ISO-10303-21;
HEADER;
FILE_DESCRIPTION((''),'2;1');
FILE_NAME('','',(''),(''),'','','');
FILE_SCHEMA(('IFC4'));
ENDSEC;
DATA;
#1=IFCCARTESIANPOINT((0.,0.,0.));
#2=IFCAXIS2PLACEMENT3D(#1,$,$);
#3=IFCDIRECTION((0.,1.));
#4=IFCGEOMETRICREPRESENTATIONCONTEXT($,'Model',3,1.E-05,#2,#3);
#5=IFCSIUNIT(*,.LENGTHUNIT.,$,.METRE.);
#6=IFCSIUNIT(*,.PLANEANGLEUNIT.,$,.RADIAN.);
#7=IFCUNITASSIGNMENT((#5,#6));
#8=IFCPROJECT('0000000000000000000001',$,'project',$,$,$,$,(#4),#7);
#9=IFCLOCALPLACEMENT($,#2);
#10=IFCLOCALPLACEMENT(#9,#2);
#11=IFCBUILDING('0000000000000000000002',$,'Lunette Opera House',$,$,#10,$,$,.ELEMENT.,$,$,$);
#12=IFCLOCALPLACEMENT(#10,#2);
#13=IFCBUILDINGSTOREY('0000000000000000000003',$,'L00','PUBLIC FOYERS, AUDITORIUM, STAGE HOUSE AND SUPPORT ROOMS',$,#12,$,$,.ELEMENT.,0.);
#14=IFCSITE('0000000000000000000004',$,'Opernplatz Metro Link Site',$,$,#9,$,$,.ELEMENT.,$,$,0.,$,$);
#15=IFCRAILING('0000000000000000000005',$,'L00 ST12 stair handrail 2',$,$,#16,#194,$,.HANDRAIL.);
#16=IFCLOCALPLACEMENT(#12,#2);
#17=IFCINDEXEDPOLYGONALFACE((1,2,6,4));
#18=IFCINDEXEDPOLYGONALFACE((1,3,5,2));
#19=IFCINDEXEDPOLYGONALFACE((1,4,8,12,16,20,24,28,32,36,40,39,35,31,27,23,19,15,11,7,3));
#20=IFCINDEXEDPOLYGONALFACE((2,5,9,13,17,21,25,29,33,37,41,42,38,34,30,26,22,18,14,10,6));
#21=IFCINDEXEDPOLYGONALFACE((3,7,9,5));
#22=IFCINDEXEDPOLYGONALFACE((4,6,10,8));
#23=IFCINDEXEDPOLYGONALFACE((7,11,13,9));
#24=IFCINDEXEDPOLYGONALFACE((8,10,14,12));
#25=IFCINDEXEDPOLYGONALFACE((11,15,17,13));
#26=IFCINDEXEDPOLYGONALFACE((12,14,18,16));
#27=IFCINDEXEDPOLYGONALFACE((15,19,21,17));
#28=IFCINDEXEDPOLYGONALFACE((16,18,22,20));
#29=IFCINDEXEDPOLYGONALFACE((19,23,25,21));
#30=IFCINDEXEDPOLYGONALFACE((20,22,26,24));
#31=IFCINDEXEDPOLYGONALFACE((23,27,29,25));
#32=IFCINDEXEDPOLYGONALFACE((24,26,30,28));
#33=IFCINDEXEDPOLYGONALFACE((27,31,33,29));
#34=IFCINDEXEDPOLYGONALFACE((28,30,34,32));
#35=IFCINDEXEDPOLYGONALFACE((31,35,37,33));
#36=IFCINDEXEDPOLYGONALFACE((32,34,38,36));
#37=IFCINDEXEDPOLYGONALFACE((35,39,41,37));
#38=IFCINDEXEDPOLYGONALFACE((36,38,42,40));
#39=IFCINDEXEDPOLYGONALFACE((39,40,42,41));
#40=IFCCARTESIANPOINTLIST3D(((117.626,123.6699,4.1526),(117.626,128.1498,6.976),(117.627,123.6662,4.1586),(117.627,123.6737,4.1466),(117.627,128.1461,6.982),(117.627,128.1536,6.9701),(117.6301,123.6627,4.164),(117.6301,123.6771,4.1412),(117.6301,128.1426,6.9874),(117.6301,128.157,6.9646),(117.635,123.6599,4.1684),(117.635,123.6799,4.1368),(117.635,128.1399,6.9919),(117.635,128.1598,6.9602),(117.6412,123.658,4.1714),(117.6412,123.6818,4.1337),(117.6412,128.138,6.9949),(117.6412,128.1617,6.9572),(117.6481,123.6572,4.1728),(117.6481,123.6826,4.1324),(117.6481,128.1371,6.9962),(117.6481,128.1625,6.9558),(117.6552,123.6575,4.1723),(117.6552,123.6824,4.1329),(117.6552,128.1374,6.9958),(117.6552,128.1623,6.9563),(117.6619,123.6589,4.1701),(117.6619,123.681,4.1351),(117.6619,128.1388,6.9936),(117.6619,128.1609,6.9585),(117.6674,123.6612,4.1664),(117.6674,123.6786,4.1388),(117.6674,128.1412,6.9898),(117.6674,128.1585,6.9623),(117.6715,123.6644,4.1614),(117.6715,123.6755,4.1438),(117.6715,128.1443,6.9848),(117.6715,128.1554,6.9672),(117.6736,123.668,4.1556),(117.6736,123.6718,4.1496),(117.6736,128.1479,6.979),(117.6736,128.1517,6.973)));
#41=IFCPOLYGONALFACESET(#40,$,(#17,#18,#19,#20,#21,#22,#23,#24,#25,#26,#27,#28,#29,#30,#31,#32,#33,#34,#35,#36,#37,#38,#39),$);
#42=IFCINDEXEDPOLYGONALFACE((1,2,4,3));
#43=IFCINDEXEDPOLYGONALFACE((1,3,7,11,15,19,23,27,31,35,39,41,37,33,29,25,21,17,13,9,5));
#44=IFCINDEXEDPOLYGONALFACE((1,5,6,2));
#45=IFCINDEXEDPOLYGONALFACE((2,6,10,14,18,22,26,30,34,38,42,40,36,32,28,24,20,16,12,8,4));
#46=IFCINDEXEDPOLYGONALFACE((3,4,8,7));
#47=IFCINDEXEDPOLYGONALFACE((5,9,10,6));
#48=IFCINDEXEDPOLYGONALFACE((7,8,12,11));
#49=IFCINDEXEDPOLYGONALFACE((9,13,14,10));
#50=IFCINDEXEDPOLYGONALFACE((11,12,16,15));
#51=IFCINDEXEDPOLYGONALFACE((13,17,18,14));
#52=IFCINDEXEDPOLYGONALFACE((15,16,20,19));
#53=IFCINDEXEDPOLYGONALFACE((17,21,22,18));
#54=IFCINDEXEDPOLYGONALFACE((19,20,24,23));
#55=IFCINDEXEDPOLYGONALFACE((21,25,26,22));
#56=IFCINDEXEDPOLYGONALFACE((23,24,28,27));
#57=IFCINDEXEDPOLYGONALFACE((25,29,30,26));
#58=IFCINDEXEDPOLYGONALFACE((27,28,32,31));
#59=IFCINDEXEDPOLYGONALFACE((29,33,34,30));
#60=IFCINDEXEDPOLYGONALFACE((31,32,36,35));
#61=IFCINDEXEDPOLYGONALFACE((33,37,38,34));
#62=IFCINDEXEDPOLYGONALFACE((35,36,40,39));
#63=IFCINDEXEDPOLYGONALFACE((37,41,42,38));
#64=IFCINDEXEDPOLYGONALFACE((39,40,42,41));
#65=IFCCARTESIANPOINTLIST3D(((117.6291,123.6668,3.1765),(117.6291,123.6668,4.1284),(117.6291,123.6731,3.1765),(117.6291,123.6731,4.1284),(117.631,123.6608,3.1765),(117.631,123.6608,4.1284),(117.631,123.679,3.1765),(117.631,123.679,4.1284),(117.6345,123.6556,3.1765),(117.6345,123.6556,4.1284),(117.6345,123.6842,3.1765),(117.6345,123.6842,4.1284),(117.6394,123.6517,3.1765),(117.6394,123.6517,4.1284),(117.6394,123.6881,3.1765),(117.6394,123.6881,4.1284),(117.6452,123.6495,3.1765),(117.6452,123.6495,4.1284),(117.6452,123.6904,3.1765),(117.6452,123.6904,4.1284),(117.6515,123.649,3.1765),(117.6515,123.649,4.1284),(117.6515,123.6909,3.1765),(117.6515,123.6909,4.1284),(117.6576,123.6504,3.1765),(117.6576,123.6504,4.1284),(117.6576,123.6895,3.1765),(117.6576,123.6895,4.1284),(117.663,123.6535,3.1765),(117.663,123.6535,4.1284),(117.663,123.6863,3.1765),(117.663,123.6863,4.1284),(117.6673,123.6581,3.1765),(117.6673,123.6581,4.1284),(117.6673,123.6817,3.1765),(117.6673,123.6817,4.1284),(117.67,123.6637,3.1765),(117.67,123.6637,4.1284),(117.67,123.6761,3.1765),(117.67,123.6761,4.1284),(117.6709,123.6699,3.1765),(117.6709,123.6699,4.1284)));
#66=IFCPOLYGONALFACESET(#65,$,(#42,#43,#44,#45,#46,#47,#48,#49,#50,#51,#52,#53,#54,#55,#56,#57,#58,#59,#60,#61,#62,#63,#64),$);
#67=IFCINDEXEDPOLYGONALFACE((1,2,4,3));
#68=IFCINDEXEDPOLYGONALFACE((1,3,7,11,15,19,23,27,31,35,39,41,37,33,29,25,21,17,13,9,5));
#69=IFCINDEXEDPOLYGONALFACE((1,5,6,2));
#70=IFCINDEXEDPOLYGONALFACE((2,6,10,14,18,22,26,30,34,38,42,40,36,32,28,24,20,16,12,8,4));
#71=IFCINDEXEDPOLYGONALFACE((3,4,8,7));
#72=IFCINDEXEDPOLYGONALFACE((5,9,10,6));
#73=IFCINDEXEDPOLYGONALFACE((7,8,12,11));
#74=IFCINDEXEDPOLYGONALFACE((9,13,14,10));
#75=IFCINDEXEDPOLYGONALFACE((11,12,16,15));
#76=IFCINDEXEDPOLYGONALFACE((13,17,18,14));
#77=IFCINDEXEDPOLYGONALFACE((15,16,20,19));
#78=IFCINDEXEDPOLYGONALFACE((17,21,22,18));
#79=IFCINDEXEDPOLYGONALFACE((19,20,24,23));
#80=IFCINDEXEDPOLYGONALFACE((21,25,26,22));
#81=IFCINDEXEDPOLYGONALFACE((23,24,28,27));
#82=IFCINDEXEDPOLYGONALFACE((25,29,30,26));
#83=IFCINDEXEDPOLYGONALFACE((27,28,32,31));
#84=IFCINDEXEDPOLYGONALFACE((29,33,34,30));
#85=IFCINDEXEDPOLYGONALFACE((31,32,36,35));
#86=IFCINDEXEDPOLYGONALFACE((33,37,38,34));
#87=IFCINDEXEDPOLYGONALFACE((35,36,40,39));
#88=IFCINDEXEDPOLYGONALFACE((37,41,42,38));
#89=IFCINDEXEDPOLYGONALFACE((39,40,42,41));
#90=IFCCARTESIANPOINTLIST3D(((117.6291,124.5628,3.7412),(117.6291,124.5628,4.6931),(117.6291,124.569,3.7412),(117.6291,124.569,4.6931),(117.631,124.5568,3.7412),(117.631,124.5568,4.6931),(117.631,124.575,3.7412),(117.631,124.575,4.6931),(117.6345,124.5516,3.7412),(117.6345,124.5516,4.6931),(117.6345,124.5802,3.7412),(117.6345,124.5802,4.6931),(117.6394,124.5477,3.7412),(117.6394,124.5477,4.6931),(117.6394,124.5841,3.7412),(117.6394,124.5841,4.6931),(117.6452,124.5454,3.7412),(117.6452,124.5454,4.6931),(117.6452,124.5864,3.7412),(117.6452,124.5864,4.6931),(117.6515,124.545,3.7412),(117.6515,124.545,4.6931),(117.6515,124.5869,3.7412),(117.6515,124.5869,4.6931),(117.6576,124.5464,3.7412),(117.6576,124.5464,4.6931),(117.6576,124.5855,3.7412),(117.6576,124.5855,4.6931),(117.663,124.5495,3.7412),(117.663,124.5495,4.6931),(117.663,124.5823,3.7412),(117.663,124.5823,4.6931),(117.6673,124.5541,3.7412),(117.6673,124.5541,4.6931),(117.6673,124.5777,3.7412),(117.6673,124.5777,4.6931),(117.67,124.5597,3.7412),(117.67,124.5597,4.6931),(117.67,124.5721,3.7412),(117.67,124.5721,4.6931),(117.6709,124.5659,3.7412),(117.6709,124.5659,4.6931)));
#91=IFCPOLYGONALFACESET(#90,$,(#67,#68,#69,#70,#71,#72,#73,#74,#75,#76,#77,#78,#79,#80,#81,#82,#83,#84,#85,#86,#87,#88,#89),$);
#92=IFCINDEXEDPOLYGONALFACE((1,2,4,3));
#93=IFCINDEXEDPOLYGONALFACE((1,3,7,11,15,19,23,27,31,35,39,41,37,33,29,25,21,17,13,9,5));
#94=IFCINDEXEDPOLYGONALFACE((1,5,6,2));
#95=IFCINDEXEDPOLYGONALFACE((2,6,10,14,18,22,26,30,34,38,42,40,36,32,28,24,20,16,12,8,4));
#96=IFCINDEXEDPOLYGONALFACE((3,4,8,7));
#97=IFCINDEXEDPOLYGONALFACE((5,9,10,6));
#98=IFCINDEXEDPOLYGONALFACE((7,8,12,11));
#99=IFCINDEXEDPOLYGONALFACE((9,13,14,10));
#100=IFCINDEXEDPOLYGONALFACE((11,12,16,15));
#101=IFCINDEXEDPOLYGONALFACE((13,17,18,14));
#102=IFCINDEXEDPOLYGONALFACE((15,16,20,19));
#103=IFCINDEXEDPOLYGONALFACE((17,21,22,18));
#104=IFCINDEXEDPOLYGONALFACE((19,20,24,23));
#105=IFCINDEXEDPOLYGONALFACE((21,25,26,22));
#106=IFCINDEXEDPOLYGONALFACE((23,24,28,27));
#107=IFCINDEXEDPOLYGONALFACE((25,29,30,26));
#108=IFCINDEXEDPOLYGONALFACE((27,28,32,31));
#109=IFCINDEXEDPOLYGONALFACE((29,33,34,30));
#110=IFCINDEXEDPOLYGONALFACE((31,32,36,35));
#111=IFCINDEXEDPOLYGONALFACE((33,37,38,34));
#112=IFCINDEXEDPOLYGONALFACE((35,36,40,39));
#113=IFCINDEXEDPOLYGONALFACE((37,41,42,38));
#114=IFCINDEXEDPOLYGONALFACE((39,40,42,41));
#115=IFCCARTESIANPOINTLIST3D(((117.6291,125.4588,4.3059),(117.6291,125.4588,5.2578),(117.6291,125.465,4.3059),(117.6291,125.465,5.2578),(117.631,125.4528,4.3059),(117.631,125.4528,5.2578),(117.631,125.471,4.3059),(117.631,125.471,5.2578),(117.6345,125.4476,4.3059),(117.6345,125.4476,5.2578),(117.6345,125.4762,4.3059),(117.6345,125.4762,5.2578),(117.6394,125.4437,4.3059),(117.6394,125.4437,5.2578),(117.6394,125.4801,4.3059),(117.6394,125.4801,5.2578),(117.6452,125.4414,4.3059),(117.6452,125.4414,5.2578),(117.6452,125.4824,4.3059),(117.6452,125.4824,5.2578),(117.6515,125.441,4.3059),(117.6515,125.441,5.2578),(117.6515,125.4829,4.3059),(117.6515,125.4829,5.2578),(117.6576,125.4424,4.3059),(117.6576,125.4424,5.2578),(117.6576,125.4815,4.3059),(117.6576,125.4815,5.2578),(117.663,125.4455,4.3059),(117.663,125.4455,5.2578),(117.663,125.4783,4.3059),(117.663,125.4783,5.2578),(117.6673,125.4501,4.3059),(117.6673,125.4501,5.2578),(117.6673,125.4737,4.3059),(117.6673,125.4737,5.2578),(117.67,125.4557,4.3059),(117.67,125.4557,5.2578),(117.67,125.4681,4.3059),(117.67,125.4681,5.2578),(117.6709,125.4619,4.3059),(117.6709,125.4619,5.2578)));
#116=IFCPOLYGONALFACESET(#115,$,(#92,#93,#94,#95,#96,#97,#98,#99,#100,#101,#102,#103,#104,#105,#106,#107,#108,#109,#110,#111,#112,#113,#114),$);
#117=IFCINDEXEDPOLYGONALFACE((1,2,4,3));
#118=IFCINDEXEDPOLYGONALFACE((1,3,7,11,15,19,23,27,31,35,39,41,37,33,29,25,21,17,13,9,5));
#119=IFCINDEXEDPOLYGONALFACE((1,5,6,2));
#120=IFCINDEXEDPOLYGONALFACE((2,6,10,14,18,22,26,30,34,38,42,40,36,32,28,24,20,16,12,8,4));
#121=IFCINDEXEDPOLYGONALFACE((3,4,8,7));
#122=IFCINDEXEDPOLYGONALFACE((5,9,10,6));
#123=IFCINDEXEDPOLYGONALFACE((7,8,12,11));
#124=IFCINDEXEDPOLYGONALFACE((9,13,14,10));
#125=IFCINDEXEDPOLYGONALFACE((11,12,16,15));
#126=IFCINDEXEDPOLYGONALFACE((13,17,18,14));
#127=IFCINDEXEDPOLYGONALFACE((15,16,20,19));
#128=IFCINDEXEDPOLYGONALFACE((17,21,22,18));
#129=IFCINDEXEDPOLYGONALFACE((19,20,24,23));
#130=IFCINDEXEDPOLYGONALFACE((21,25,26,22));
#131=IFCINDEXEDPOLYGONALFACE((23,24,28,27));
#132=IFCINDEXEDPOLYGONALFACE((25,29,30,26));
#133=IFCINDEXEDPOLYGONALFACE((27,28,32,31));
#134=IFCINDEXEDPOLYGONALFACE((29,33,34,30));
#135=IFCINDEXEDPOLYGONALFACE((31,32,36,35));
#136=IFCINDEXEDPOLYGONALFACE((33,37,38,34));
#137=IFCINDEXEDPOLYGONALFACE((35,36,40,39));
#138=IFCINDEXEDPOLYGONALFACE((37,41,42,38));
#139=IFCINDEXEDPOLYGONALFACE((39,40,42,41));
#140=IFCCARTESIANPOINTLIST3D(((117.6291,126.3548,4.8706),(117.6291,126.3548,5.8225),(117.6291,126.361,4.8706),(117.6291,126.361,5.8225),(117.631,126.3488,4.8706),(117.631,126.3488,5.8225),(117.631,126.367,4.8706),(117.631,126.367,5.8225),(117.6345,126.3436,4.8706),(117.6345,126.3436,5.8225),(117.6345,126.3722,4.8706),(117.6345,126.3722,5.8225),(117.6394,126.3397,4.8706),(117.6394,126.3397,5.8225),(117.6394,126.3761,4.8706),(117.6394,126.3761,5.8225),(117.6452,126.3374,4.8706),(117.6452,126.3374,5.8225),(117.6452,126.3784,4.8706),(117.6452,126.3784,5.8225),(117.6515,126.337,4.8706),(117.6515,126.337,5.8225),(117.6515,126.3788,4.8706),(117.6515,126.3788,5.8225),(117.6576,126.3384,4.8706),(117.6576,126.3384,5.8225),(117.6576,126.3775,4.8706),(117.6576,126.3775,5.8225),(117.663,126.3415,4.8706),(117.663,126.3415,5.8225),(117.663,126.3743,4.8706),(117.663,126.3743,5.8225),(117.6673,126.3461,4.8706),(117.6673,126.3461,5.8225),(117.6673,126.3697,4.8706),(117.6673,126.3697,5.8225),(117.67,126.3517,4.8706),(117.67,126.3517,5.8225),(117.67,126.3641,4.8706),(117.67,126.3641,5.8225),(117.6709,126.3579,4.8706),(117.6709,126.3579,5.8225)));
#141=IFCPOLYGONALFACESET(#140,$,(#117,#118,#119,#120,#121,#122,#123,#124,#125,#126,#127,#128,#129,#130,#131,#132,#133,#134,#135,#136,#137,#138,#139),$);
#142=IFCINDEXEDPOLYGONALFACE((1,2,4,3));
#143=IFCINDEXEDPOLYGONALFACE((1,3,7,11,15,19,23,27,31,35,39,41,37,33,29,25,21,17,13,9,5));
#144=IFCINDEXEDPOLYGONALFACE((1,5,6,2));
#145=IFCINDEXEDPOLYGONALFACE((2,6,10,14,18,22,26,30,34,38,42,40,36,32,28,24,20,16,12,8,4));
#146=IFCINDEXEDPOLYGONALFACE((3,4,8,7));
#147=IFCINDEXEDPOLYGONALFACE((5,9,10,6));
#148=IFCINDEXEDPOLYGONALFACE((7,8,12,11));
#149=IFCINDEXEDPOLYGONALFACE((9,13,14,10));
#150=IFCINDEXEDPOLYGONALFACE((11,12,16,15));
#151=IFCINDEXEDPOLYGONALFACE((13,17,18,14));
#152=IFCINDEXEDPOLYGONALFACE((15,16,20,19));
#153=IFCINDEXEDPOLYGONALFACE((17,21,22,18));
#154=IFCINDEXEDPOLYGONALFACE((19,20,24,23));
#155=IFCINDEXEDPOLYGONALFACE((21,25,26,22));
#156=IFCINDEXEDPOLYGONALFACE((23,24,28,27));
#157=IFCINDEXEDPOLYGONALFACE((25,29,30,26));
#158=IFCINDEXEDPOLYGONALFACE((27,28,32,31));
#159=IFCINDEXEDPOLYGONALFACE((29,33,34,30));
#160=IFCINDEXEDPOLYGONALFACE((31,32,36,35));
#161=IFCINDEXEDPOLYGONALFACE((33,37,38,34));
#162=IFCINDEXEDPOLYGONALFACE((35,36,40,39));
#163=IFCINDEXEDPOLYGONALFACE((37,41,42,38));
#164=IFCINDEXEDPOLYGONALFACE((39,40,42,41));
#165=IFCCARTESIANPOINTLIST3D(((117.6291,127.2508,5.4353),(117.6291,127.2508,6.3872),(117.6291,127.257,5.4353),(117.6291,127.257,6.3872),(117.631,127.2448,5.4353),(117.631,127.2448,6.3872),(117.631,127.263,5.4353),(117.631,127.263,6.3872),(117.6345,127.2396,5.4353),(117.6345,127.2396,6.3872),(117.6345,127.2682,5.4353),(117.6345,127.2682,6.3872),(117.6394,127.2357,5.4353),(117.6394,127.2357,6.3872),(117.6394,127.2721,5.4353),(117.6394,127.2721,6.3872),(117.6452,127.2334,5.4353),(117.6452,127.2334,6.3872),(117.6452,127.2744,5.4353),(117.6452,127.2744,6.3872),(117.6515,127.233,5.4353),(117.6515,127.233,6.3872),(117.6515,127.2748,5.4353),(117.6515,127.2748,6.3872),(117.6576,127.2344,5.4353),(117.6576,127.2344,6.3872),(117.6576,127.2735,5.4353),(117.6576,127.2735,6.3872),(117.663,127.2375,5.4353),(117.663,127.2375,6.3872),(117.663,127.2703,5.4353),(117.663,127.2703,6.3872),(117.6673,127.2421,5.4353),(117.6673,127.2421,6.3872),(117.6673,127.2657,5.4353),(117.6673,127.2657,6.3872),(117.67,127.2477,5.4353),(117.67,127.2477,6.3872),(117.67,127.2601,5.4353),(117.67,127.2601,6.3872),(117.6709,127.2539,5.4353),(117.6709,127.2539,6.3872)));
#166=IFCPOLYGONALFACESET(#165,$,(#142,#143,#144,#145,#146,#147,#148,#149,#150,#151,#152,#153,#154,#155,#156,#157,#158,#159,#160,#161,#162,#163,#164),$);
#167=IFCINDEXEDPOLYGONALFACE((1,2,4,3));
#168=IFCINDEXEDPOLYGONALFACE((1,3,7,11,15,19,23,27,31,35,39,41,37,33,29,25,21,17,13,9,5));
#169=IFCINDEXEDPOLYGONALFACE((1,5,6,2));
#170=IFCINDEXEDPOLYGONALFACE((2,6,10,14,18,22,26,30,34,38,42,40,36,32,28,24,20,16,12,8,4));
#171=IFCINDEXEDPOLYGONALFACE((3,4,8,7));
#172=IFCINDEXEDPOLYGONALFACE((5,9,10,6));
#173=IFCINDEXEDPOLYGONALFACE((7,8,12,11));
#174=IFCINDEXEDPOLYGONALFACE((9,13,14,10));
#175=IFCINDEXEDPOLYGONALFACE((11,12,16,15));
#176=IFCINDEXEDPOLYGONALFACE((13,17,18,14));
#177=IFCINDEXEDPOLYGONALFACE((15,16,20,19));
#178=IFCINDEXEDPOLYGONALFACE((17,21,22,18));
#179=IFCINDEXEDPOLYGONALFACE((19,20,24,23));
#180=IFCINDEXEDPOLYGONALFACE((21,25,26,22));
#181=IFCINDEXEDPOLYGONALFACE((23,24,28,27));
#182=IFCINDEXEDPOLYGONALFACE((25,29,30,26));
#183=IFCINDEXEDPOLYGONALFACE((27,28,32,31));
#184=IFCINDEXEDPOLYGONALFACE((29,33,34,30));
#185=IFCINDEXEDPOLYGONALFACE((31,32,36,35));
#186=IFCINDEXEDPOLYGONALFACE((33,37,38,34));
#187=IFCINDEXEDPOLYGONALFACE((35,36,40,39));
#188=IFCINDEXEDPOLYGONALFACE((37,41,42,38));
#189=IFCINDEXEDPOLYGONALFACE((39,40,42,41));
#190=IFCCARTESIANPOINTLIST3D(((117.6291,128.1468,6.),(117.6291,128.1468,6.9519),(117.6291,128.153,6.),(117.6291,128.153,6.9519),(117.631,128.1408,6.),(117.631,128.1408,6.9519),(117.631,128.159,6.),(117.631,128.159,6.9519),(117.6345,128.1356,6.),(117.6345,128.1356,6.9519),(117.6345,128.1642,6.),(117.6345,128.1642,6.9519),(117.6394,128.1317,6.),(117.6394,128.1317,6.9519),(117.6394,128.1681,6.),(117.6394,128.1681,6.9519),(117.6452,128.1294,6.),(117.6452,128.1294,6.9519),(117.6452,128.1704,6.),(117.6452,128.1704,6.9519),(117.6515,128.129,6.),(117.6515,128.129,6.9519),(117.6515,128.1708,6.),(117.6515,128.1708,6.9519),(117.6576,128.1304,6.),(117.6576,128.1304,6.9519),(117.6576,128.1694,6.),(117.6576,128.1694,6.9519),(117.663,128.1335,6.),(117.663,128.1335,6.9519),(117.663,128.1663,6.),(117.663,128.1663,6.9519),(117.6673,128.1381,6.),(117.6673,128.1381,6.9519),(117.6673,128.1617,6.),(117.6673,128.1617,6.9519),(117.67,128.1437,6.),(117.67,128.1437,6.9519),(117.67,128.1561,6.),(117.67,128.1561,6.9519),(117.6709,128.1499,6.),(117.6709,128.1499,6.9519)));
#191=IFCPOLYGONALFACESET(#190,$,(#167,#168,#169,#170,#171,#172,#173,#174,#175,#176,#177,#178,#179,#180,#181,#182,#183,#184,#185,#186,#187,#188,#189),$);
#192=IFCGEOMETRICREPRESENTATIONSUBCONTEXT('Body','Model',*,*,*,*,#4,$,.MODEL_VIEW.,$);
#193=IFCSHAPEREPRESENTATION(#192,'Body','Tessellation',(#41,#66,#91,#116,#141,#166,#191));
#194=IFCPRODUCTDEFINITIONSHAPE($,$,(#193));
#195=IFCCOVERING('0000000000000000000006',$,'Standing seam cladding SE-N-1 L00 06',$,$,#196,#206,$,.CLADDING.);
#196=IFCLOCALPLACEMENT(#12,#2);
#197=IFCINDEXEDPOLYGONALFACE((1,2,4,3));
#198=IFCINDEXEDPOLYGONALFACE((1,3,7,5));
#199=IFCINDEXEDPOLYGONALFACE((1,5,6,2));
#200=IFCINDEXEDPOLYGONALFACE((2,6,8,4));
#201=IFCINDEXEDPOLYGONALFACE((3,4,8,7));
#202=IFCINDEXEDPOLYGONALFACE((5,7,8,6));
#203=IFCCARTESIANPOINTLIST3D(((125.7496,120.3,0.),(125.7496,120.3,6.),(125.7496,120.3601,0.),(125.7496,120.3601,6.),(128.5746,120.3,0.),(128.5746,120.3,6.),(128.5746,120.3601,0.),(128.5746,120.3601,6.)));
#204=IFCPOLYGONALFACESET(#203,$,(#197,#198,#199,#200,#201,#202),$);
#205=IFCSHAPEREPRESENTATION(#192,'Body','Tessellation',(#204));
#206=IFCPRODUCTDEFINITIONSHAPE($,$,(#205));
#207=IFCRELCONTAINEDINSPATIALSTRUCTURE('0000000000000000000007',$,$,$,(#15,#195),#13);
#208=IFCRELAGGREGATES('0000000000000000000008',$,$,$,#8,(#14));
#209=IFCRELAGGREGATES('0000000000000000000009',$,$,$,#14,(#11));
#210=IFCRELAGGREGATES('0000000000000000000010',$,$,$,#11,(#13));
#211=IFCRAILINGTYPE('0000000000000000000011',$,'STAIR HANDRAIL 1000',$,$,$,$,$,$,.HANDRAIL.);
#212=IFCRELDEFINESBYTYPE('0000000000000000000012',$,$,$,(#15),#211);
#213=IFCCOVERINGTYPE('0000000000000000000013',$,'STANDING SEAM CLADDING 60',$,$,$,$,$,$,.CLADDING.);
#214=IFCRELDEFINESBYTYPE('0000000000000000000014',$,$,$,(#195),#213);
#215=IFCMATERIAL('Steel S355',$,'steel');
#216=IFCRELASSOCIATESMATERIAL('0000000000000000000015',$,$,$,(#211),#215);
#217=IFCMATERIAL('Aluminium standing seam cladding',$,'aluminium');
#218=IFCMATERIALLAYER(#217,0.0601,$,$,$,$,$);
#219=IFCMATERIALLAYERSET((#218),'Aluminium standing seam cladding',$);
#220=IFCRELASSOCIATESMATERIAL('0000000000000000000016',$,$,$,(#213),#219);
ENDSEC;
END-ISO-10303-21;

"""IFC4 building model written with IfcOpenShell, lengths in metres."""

from ifc_helpers import new_model, si_unit, direction, frame, origin, origin_2d, place, context, subcontext, project, spatial, rectangle, circle, extrude, material, layer, layer_set, type_object, element, save


model = new_model("IFC4")

# Units and contexts
model_context = context("Model", 3, precision=1e-05, world=origin(), true_north=direction((0.0, 1.0)))
body_context = subcontext(model_context, "Body", "Model", "MODEL_VIEW")
ifc_project = project(units=[si_unit("LENGTHUNIT", "METRE"), si_unit("PLANEANGLEUNIT", "RADIAN")], contexts=[model_context])

# Site, building, storey
site_placement = place(None, origin())
site = spatial("IfcSite", under=ifc_project, at=site_placement, Name="Opernplatz Metro Link Site", CompositionType="ELEMENT", RefElevation=0.0)
building_placement = place(site_placement, origin())
building = spatial("IfcBuilding", under=site, at=building_placement, Name="Lunette Opera House", CompositionType="ELEMENT")
storey_placement = place(building_placement, origin())
storey = spatial("IfcBuildingStorey", under=building, at=storey_placement, Name="L00", Description="PUBLIC FOYERS, AUDITORIUM, STAGE HOUSE AND SUPPORT ROOMS", CompositionType="ELEMENT", Elevation=0.0)

# Railing
ifc_material_1 = material(Name="Steel S355", Category="steel")
railing_type_1 = type_object("IfcRailingType", Name="STAIR HANDRAIL 1000", PredefinedType="HANDRAIL", material=ifc_material_1)
railing_1_placement = place(storey_placement, frame((117.6499, 123.6699, 3.1765)))
element("IfcRailing", 1, at=railing_1_placement, inside=storey, type_object=railing_type_1, Name="L00 ST12 stair handrail 2", PredefinedType="HANDRAIL", context=body_context, shape_type="SweptSolid", body=[
    extrude(circle(Radius=0.0239, at=origin_2d()), frame((0.0, 0.0, 0.9761), z_axis=(0.0, 0.845998, 0.533186), x_axis=(-1.0, 0.0, 0.0)), (0.0, 0.0, 1.0), 5.2954),
    extrude(circle(Radius=0.021, at=origin_2d()), origin(), (0.0, 0.0, 1.0), 0.9519),
    extrude(circle(Radius=0.021, at=origin_2d()), frame((0.0, 0.896, 0.5647)), (0.0, 0.0, 1.0), 0.9519),
    extrude(circle(Radius=0.021, at=origin_2d()), frame((0.0, 1.792, 1.1294)), (0.0, 0.0, 1.0), 0.9519),
    extrude(circle(Radius=0.021, at=origin_2d()), frame((0.0, 2.688, 1.6941)), (0.0, 0.0, 1.0), 0.9519),
    extrude(circle(Radius=0.021, at=origin_2d()), frame((0.0, 3.584, 2.2588)), (0.0, 0.0, 1.0), 0.9519),
    extrude(circle(Radius=0.021, at=origin_2d()), frame((0.0, 4.48, 2.8235)), (0.0, 0.0, 1.0), 0.9519),
])

# Covering
ifc_material_2 = material(Name="Aluminium standing seam cladding", Category="aluminium")
ifc_layer_1 = layer(ifc_material_2, 0.0601)
ifc_layer_set_1 = layer_set([ifc_layer_1], Name="Aluminium standing seam cladding")
covering_type_1 = type_object("IfcCoveringType", Name="STANDING SEAM CLADDING 60", PredefinedType="CLADDING", material=ifc_layer_set_1)
for number, where, z_axis, x_axis, name in (
    (2, (127.1621, 120.3301, 0.0), (0.0, 0.0, 1.0), (1.0, 0.0, 0.0), "Standing seam cladding SE-N-1 L00 06"),
):
    element("IfcCovering", number, at=place(storey_placement, frame(where, z_axis=z_axis, x_axis=x_axis)), inside=storey, type_object=covering_type_1, Name=name, PredefinedType="CLADDING", context=body_context, shape_type="SweptSolid", body=[
        extrude(rectangle(XDim=2.825, YDim=0.0601, at=origin_2d()), origin(), (0.0, 0.0, 1.0), 6.0),
    ])

save(model, "model.ifc")
